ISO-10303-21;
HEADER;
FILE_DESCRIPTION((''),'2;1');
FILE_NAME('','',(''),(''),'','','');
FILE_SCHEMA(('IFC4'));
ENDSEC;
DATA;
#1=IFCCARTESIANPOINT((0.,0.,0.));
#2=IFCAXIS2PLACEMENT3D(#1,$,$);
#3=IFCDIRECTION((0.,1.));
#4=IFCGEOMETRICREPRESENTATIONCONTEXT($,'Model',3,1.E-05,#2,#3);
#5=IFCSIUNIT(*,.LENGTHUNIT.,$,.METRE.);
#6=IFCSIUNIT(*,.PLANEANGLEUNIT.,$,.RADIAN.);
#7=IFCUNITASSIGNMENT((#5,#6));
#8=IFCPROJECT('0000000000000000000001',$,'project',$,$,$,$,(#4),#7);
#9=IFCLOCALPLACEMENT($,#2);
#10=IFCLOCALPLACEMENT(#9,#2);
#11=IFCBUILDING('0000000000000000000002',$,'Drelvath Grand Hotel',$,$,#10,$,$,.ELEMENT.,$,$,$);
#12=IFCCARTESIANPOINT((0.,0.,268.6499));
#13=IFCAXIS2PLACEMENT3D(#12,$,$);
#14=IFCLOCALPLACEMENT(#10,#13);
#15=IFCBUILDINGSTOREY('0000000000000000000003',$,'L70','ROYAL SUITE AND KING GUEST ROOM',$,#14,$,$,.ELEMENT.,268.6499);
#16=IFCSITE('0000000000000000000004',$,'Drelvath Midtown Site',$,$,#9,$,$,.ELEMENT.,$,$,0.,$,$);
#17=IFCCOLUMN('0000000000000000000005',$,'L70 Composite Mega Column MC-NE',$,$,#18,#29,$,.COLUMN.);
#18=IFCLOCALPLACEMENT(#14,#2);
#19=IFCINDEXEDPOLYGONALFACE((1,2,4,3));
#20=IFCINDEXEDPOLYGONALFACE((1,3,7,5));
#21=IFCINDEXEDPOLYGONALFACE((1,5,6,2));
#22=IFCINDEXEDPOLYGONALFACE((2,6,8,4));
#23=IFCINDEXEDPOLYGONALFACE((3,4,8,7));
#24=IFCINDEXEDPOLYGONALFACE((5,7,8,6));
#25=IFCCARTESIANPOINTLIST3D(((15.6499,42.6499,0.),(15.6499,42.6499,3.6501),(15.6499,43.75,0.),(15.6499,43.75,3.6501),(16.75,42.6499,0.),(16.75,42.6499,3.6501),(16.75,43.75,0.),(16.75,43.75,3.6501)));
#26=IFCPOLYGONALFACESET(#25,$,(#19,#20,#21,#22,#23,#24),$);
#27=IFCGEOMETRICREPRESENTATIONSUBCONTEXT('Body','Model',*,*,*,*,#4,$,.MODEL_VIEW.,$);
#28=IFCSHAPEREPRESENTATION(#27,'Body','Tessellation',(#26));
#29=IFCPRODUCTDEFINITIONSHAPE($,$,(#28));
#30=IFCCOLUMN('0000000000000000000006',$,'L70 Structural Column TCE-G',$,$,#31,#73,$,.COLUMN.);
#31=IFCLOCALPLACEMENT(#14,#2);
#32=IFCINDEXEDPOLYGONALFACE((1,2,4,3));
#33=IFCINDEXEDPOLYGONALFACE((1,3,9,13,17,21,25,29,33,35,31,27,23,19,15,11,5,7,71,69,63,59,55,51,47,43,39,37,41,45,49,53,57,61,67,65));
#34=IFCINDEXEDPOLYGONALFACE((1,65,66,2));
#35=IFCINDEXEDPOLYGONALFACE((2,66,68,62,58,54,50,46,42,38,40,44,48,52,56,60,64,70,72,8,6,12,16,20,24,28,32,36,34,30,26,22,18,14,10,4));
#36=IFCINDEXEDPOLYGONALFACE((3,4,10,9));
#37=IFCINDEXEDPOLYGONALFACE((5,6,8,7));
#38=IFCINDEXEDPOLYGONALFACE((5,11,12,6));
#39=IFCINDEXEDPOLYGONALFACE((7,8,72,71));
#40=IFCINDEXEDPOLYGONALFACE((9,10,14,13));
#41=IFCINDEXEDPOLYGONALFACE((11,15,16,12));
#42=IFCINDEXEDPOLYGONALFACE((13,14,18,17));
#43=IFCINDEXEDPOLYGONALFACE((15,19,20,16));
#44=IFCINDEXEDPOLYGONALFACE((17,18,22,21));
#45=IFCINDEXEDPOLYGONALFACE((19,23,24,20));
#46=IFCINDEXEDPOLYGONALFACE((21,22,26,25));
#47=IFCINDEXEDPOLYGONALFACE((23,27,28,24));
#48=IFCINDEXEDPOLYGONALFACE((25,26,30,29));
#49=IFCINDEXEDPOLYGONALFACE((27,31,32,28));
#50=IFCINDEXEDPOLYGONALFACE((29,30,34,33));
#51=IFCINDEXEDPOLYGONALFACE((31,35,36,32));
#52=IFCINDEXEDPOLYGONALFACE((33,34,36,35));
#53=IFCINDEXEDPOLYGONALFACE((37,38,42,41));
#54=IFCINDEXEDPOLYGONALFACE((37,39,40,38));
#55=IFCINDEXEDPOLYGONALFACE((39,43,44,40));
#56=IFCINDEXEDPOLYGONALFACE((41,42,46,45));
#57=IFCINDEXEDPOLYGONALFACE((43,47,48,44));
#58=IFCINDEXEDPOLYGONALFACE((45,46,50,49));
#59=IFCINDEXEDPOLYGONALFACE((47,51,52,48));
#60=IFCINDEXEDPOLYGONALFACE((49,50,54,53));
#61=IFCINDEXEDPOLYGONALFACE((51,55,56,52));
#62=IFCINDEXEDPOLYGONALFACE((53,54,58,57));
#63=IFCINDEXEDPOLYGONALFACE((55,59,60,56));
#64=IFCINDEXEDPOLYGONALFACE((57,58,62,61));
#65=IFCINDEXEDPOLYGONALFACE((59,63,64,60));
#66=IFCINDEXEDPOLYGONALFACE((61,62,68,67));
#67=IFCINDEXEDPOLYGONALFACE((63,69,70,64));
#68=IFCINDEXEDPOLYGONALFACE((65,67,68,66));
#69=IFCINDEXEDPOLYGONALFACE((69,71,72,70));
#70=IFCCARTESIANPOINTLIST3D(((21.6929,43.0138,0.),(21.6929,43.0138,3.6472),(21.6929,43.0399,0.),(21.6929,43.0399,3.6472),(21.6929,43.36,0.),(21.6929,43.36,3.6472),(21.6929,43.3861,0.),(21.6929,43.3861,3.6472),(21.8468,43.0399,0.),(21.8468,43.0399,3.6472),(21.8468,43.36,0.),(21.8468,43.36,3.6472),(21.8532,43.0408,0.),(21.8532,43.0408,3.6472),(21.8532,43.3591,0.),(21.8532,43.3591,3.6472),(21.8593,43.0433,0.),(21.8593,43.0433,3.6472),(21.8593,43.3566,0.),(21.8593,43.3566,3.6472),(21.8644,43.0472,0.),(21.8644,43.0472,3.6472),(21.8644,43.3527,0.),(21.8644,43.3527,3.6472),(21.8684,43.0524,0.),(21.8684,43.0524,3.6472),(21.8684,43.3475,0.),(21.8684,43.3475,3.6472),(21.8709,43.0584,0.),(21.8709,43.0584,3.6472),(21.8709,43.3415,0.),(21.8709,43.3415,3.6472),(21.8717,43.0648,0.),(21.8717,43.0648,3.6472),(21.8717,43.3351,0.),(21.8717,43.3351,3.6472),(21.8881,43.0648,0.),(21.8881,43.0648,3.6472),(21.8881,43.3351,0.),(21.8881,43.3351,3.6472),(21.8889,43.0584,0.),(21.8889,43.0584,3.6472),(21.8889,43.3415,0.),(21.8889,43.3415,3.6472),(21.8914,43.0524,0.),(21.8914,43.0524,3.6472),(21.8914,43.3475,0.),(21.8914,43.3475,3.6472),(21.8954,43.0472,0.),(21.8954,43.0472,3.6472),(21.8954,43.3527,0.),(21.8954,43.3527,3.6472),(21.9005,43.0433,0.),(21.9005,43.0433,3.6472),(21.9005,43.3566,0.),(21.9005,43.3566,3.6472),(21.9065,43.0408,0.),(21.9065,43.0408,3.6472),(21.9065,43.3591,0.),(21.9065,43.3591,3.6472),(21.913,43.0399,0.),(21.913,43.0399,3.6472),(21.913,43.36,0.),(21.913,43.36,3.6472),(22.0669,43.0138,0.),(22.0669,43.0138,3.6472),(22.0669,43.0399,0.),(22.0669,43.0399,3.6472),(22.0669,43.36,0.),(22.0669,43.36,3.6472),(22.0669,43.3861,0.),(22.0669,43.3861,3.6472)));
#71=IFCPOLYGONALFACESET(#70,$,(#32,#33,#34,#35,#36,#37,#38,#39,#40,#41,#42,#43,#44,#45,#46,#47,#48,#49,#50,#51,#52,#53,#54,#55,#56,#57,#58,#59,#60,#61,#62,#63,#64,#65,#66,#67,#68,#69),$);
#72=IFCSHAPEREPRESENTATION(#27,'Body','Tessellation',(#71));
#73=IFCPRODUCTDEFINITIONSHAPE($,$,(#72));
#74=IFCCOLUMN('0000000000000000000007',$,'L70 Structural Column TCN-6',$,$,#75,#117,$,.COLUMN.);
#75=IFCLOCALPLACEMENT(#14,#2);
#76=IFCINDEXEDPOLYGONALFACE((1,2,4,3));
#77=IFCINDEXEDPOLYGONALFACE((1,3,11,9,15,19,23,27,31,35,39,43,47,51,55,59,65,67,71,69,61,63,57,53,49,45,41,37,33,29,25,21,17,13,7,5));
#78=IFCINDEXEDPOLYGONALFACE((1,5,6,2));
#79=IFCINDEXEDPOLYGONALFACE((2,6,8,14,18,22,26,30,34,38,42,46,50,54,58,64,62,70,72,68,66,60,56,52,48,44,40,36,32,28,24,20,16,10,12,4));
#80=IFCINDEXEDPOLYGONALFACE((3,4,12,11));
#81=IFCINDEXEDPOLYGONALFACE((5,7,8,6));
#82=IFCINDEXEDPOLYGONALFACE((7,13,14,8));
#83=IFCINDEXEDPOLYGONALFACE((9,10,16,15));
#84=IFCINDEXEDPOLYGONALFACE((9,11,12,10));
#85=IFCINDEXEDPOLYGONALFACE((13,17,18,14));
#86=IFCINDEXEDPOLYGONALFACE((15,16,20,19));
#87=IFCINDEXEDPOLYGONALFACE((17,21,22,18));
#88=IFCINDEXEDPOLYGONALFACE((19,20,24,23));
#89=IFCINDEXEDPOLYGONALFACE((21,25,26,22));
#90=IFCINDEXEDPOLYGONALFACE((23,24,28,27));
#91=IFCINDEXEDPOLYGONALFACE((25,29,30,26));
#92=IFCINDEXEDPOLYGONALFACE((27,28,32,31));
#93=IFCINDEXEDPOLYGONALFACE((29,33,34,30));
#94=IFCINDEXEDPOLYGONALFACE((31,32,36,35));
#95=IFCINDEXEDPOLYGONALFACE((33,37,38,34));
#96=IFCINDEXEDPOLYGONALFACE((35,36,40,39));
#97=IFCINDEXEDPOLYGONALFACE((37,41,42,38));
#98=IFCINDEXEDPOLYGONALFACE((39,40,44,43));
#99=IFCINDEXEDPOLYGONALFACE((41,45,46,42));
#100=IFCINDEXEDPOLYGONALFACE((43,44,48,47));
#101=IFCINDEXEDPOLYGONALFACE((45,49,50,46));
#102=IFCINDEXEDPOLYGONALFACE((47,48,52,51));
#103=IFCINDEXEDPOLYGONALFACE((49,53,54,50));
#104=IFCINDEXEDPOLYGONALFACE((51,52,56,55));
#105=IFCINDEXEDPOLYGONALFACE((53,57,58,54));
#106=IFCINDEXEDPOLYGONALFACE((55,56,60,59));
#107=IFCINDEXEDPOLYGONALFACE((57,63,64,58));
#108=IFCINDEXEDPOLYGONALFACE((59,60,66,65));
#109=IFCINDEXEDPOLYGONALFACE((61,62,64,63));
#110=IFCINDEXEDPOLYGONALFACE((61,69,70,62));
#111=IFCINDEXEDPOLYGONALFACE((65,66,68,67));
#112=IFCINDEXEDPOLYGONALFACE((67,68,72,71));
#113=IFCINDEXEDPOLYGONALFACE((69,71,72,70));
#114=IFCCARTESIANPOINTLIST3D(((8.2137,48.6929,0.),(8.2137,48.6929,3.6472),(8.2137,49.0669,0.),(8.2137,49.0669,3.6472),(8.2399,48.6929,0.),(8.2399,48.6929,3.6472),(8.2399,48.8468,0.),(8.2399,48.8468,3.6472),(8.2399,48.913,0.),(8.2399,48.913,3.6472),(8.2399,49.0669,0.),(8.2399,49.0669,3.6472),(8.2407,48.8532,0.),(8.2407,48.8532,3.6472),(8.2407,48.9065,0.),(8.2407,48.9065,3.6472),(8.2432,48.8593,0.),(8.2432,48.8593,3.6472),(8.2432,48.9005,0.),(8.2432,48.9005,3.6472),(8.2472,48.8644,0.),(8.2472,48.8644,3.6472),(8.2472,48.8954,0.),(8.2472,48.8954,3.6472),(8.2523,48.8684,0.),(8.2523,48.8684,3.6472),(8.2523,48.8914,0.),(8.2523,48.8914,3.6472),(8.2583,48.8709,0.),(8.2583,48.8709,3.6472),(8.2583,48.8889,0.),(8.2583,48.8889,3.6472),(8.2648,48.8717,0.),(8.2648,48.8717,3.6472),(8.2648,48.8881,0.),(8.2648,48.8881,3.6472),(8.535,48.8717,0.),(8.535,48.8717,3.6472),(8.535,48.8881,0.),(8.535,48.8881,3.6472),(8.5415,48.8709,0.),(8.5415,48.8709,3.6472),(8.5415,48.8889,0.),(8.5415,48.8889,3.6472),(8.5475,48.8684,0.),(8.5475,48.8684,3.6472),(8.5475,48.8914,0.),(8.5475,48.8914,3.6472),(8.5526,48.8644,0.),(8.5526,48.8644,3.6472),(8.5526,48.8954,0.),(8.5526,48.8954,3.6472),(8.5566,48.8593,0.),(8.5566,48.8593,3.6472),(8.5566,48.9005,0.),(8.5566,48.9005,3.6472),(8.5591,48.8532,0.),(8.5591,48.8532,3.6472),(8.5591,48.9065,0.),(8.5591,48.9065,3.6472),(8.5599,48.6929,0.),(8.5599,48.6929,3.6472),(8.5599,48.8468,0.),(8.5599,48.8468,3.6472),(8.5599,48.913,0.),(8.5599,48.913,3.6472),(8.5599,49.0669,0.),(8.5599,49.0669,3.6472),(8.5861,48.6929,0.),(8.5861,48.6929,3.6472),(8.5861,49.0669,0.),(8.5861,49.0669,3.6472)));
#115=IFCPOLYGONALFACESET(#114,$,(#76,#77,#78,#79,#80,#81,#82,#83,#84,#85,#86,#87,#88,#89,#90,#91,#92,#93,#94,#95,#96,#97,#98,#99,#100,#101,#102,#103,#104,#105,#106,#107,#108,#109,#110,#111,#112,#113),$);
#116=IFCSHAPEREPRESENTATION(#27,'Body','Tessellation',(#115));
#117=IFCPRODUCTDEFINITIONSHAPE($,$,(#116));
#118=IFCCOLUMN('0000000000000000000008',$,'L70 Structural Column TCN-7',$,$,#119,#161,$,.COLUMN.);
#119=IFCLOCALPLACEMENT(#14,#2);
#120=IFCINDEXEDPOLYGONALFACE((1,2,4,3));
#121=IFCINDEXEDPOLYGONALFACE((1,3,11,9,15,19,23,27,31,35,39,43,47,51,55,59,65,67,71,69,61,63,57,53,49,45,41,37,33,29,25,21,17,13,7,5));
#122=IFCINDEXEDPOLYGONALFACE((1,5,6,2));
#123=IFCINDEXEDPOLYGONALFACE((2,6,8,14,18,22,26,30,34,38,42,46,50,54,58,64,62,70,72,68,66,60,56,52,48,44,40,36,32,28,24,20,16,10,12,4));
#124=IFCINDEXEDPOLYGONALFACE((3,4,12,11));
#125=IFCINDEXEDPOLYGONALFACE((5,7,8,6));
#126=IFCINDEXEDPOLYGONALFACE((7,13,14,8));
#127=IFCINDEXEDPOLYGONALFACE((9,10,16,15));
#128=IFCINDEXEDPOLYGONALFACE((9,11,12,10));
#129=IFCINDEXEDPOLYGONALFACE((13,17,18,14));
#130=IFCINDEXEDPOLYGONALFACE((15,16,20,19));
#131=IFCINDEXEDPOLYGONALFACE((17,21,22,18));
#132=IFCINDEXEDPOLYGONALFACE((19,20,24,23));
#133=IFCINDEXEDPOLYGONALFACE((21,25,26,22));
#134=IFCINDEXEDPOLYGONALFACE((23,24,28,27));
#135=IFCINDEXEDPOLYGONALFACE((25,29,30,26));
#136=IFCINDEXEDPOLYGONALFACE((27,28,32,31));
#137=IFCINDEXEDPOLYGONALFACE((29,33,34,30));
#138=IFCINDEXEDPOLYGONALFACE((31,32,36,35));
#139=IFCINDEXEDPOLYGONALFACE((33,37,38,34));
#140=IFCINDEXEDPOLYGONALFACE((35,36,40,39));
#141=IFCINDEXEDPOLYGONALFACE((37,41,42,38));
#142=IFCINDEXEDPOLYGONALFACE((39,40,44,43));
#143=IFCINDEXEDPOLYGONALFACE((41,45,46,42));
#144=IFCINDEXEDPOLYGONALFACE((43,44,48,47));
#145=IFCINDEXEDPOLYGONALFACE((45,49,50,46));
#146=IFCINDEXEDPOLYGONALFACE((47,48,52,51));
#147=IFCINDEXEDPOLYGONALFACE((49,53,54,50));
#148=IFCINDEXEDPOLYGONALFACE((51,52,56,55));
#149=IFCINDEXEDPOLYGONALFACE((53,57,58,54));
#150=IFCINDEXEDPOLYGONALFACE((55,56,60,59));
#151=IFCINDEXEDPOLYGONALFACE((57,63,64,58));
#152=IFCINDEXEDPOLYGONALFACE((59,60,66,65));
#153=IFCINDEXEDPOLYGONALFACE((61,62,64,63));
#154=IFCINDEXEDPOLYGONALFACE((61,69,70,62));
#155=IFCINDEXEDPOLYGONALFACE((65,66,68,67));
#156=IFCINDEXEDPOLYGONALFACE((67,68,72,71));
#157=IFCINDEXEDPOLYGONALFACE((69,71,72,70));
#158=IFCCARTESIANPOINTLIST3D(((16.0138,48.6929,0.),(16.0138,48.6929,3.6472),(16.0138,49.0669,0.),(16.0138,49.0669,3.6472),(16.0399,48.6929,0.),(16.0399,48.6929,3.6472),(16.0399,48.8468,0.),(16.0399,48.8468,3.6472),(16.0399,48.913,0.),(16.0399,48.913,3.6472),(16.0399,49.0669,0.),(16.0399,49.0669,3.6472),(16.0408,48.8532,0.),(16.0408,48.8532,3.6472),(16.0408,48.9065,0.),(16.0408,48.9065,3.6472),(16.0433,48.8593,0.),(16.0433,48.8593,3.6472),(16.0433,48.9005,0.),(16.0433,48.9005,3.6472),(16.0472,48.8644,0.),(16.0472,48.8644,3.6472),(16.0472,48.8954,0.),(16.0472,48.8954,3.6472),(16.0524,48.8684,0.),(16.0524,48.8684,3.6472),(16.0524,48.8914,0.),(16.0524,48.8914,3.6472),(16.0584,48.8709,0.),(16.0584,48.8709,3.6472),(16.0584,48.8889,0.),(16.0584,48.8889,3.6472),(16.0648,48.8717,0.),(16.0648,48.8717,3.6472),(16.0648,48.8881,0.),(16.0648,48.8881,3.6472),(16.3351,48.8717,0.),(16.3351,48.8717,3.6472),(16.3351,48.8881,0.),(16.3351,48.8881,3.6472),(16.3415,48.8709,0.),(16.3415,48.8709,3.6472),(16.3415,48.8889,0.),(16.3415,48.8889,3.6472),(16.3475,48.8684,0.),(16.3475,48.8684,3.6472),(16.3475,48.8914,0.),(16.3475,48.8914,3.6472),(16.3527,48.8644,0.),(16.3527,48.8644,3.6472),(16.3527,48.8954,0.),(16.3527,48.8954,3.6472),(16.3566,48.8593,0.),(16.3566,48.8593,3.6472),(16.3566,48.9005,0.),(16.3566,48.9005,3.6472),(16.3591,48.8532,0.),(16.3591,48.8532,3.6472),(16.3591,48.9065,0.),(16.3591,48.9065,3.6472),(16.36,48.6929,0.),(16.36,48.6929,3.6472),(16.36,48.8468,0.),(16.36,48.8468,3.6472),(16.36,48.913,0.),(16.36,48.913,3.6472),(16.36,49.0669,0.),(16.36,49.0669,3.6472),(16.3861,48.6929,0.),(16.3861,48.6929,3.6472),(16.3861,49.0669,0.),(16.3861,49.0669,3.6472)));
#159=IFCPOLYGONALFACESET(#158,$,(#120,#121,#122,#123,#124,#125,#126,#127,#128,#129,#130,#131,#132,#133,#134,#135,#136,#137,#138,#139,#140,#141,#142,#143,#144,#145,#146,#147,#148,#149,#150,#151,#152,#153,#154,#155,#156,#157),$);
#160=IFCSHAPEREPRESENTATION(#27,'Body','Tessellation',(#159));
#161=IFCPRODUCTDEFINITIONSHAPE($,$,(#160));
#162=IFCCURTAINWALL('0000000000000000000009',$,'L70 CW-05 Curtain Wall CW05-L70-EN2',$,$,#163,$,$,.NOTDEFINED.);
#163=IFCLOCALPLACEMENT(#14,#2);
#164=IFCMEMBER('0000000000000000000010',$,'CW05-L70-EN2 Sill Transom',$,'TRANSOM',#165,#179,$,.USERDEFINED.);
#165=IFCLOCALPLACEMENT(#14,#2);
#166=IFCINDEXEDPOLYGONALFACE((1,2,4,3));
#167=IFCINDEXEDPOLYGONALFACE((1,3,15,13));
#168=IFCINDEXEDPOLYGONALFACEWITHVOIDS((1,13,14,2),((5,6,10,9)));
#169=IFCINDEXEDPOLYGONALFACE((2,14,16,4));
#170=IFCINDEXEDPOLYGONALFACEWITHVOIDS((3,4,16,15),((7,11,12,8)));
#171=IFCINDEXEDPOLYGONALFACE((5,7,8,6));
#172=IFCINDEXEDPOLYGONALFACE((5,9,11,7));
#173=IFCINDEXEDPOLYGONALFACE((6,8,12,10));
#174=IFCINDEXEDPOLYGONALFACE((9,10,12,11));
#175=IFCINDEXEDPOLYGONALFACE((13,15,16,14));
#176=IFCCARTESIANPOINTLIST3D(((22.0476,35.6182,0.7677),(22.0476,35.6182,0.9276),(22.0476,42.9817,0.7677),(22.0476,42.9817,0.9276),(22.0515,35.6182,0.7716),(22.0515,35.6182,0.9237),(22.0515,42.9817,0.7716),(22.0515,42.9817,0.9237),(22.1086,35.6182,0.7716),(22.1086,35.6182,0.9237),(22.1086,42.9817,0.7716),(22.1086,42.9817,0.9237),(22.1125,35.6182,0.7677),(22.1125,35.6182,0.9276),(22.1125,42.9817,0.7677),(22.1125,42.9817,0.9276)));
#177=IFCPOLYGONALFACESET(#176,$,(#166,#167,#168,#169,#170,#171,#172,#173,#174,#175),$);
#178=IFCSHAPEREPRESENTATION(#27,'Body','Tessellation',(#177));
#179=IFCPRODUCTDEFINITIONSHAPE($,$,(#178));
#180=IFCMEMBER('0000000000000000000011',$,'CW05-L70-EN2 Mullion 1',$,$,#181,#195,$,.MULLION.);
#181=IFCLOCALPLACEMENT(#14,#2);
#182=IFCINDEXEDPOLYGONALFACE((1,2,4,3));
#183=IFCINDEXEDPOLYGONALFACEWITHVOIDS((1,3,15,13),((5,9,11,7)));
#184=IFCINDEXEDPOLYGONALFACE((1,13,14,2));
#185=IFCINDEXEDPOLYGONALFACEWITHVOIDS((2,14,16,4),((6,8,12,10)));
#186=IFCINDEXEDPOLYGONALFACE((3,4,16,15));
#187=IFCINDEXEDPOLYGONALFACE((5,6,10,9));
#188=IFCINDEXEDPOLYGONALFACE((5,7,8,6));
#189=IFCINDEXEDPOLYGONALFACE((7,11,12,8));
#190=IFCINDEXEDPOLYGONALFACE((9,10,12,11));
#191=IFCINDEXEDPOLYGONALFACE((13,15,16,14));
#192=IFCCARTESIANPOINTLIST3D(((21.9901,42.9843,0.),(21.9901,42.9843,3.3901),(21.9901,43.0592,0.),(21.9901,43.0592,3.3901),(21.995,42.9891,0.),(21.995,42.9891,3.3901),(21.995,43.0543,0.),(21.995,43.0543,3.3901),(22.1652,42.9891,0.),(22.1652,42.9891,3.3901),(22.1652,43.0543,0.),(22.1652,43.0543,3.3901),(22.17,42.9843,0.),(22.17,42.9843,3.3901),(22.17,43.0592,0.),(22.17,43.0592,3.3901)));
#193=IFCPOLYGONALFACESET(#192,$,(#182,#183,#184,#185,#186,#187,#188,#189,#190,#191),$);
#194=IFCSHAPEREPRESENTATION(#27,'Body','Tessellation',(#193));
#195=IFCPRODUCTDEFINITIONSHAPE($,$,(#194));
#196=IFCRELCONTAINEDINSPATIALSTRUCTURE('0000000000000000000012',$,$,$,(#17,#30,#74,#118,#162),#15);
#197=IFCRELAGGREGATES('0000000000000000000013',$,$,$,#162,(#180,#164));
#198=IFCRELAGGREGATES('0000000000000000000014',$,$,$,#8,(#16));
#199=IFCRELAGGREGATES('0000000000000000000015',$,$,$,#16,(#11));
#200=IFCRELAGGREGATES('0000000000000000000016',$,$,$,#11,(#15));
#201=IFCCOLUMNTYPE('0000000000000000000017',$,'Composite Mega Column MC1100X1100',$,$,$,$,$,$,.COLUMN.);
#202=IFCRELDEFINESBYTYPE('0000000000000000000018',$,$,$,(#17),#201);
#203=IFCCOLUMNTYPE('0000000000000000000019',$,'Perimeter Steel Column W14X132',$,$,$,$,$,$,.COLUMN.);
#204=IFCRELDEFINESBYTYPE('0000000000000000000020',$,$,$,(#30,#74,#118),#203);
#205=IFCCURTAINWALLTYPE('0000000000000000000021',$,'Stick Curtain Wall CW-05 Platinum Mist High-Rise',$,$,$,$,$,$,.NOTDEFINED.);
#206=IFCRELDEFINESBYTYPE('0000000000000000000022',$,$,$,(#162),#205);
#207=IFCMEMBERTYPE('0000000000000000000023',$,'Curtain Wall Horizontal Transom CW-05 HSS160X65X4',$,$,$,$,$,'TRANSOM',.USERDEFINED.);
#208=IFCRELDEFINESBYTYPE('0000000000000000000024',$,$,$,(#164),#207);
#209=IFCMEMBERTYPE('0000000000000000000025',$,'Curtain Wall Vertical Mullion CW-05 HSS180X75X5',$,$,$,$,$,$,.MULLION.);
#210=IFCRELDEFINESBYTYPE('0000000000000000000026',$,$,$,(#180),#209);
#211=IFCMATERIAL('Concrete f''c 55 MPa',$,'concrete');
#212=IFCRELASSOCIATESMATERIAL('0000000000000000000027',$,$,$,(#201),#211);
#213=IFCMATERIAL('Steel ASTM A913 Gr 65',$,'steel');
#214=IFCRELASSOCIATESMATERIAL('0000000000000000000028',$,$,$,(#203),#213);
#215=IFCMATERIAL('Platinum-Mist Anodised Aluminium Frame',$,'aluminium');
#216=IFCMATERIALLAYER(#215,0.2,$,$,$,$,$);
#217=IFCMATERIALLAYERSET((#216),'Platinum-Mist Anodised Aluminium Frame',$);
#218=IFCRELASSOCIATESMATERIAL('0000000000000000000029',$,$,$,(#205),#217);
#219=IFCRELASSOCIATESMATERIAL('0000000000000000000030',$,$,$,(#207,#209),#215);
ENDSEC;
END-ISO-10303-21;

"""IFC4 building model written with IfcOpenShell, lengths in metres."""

from ifc_helpers import new_model, si_unit, direction, frame, origin, origin_2d, place, context, subcontext, project, spatial, rectangle, hollow_rectangle, i_section, extrude, material, layer, layer_set, material_profile, profile_set, type_object, element, aggregate, save


model = new_model("IFC4")

# Units and contexts
model_context = context("Model", 3, precision=1e-05, world=origin(), true_north=direction((0.0, 1.0)))
body_context = subcontext(model_context, "Body", "Model", "MODEL_VIEW")
ifc_project = project(units=[si_unit("LENGTHUNIT", "METRE"), si_unit("PLANEANGLEUNIT", "RADIAN")], contexts=[model_context])

# Site, building, storey
site_placement = place(None, origin())
site = spatial("IfcSite", under=ifc_project, at=site_placement, Name="Drelvath Midtown Site", CompositionType="ELEMENT", RefElevation=0.0)
building_placement = place(site_placement, origin())
building = spatial("IfcBuilding", under=site, at=building_placement, Name="Drelvath Grand Hotel", CompositionType="ELEMENT")
storey_placement = place(building_placement, frame((0.0, 0.0, 268.6499)))
storey = spatial("IfcBuildingStorey", under=building, at=storey_placement, Name="L70", Description="ROYAL SUITE AND KING GUEST ROOM", CompositionType="ELEMENT", Elevation=268.6499)

# Columns
ifc_material_1 = material(Name="Concrete f'c 55 MPa", Category="concrete")
ifc_material_profile_1 = material_profile(ifc_material_1, rectangle(XDim=1.1001, YDim=1.1001, at=origin_2d()), Name="MC1100X1100")
ifc_profile_set_1 = profile_set([ifc_material_profile_1], Name="Concrete f'c 55 MPa")
column_type_1 = type_object("IfcColumnType", Name="Composite Mega Column MC1100X1100", PredefinedType="COLUMN", material=ifc_profile_set_1)
column_placement = place(storey_placement, frame((16.2, 43.2, 0.0), z_axis=(0.0, 0.0, 1.0), x_axis=(1.0, 0.0, 0.0)))
element("IfcColumn", 1, at=column_placement, inside=storey, type_object=column_type_1, Name="L70 Composite Mega Column MC-NE", PredefinedType="COLUMN", context=body_context, shape_type="SweptSolid", body=[
    extrude(rectangle(XDim=1.1001, YDim=1.1001, at=origin_2d()), origin(), (0.0, 0.0, 1.0), 3.6501),
])
ifc_material_2 = material(Name="Steel ASTM A913 Gr 65", Category="steel")
ifc_material_profile_2 = material_profile(ifc_material_2, i_section(OverallWidth=0.374, OverallDepth=0.3723, WebThickness=0.0164, FlangeThickness=0.0261, FilletRadius=0.0249, at=origin_2d()), Name="W14X132")
ifc_profile_set_2 = profile_set([ifc_material_profile_2], Name="Steel ASTM A913 Gr 65")
column_type_2 = type_object("IfcColumnType", Name="Perimeter Steel Column W14X132", PredefinedType="COLUMN", material=ifc_profile_set_2)
for number, where, z_axis, x_axis, name in (
    (2, (21.8799, 43.2, 0.0), (0.0, 0.0, 1.0), (1.0, 0.0, 0.0), "L70 Structural Column TCE-G"),
    (3, (8.3999, 48.8799, 0.0), (0.0, 0.0, 1.0), (0.0, 1.0, 0.0), "L70 Structural Column TCN-6"),
    (4, (16.2, 48.8799, 0.0), (0.0, 0.0, 1.0), (0.0, 1.0, 0.0), "L70 Structural Column TCN-7"),
):
    element("IfcColumn", number, at=place(storey_placement, frame(where, z_axis=z_axis, x_axis=x_axis)), inside=storey, type_object=column_type_2, Name=name, PredefinedType="COLUMN", context=body_context, shape_type="SweptSolid", body=[
        extrude(i_section(OverallWidth=0.374, OverallDepth=0.3723, WebThickness=0.0164, FlangeThickness=0.0261, FilletRadius=0.0249, at=origin_2d()), origin(), (0.0, 0.0, 1.0), 3.6472),
    ])

# Curtain wall, members
ifc_material_3 = material(Name="Platinum-Mist Anodised Aluminium Frame", Category="aluminium")
ifc_layer_1 = layer(ifc_material_3, 0.2)
ifc_layer_set_1 = layer_set([ifc_layer_1], Name="Platinum-Mist Anodised Aluminium Frame")
curtain_wall_type = type_object("IfcCurtainWallType", Name="Stick Curtain Wall CW-05 Platinum Mist High-Rise", PredefinedType="NOTDEFINED", material=ifc_layer_set_1)
curtain_wall_placement = place(storey_placement, origin())
curtain_wall = element("IfcCurtainWall", 5, at=curtain_wall_placement, inside=storey, type_object=curtain_wall_type, Name="L70 CW-05 Curtain Wall CW05-L70-EN2", PredefinedType="NOTDEFINED")
ifc_material_profile_3 = material_profile(ifc_material_3, hollow_rectangle(XDim=0.0649, YDim=0.1599, WallThickness=0.0039, at=origin_2d()), Name="HSS160X65X4")
ifc_profile_set_3 = profile_set([ifc_material_profile_3], Name="Platinum-Mist Anodised Aluminium Frame")
member_type_1 = type_object("IfcMemberType", Name="Curtain Wall Horizontal Transom CW-05 HSS160X65X4", ElementType="TRANSOM", PredefinedType="USERDEFINED", material=ifc_profile_set_3)
member_1_placement = place(storey_placement, frame((22.0801, 42.9817, 0.8477), z_axis=(0.0, -1.0, 0.0), x_axis=(1.0, 0.0, 0.0)))
member_1 = element("IfcMember", 6, at=member_1_placement, type_object=member_type_1, Name="CW05-L70-EN2 Sill Transom", ObjectType="TRANSOM", PredefinedType="USERDEFINED", context=body_context, shape_type="SweptSolid", body=[
    extrude(hollow_rectangle(XDim=0.0649, YDim=0.1599, WallThickness=0.0039, at=origin_2d()), origin(), (0.0, 0.0, 1.0), 7.3635),
])
ifc_material_profile_4 = material_profile(ifc_material_3, hollow_rectangle(XDim=0.075, YDim=0.1799, WallThickness=0.0049, at=origin_2d()), Name="HSS180X75X5")
ifc_profile_set_4 = profile_set([ifc_material_profile_4], Name="Platinum-Mist Anodised Aluminium Frame")
member_type_2 = type_object("IfcMemberType", Name="Curtain Wall Vertical Mullion CW-05 HSS180X75X5", PredefinedType="MULLION", material=ifc_profile_set_4)
member_2_placement = place(storey_placement, frame((22.0801, 43.0217, 0.0), z_axis=(0.0, 0.0, 1.0), x_axis=(0.0, 1.0, 0.0)))
member_2 = element("IfcMember", 7, at=member_2_placement, type_object=member_type_2, Name="CW05-L70-EN2 Mullion 1", PredefinedType="MULLION", context=body_context, shape_type="SweptSolid", body=[
    extrude(hollow_rectangle(XDim=0.075, YDim=0.1799, WallThickness=0.0049, at=origin_2d()), origin(), (0.0, 0.0, 1.0), 3.3901),
])

aggregate(curtain_wall, [member_2, member_1])

save(model, "model.ifc")
